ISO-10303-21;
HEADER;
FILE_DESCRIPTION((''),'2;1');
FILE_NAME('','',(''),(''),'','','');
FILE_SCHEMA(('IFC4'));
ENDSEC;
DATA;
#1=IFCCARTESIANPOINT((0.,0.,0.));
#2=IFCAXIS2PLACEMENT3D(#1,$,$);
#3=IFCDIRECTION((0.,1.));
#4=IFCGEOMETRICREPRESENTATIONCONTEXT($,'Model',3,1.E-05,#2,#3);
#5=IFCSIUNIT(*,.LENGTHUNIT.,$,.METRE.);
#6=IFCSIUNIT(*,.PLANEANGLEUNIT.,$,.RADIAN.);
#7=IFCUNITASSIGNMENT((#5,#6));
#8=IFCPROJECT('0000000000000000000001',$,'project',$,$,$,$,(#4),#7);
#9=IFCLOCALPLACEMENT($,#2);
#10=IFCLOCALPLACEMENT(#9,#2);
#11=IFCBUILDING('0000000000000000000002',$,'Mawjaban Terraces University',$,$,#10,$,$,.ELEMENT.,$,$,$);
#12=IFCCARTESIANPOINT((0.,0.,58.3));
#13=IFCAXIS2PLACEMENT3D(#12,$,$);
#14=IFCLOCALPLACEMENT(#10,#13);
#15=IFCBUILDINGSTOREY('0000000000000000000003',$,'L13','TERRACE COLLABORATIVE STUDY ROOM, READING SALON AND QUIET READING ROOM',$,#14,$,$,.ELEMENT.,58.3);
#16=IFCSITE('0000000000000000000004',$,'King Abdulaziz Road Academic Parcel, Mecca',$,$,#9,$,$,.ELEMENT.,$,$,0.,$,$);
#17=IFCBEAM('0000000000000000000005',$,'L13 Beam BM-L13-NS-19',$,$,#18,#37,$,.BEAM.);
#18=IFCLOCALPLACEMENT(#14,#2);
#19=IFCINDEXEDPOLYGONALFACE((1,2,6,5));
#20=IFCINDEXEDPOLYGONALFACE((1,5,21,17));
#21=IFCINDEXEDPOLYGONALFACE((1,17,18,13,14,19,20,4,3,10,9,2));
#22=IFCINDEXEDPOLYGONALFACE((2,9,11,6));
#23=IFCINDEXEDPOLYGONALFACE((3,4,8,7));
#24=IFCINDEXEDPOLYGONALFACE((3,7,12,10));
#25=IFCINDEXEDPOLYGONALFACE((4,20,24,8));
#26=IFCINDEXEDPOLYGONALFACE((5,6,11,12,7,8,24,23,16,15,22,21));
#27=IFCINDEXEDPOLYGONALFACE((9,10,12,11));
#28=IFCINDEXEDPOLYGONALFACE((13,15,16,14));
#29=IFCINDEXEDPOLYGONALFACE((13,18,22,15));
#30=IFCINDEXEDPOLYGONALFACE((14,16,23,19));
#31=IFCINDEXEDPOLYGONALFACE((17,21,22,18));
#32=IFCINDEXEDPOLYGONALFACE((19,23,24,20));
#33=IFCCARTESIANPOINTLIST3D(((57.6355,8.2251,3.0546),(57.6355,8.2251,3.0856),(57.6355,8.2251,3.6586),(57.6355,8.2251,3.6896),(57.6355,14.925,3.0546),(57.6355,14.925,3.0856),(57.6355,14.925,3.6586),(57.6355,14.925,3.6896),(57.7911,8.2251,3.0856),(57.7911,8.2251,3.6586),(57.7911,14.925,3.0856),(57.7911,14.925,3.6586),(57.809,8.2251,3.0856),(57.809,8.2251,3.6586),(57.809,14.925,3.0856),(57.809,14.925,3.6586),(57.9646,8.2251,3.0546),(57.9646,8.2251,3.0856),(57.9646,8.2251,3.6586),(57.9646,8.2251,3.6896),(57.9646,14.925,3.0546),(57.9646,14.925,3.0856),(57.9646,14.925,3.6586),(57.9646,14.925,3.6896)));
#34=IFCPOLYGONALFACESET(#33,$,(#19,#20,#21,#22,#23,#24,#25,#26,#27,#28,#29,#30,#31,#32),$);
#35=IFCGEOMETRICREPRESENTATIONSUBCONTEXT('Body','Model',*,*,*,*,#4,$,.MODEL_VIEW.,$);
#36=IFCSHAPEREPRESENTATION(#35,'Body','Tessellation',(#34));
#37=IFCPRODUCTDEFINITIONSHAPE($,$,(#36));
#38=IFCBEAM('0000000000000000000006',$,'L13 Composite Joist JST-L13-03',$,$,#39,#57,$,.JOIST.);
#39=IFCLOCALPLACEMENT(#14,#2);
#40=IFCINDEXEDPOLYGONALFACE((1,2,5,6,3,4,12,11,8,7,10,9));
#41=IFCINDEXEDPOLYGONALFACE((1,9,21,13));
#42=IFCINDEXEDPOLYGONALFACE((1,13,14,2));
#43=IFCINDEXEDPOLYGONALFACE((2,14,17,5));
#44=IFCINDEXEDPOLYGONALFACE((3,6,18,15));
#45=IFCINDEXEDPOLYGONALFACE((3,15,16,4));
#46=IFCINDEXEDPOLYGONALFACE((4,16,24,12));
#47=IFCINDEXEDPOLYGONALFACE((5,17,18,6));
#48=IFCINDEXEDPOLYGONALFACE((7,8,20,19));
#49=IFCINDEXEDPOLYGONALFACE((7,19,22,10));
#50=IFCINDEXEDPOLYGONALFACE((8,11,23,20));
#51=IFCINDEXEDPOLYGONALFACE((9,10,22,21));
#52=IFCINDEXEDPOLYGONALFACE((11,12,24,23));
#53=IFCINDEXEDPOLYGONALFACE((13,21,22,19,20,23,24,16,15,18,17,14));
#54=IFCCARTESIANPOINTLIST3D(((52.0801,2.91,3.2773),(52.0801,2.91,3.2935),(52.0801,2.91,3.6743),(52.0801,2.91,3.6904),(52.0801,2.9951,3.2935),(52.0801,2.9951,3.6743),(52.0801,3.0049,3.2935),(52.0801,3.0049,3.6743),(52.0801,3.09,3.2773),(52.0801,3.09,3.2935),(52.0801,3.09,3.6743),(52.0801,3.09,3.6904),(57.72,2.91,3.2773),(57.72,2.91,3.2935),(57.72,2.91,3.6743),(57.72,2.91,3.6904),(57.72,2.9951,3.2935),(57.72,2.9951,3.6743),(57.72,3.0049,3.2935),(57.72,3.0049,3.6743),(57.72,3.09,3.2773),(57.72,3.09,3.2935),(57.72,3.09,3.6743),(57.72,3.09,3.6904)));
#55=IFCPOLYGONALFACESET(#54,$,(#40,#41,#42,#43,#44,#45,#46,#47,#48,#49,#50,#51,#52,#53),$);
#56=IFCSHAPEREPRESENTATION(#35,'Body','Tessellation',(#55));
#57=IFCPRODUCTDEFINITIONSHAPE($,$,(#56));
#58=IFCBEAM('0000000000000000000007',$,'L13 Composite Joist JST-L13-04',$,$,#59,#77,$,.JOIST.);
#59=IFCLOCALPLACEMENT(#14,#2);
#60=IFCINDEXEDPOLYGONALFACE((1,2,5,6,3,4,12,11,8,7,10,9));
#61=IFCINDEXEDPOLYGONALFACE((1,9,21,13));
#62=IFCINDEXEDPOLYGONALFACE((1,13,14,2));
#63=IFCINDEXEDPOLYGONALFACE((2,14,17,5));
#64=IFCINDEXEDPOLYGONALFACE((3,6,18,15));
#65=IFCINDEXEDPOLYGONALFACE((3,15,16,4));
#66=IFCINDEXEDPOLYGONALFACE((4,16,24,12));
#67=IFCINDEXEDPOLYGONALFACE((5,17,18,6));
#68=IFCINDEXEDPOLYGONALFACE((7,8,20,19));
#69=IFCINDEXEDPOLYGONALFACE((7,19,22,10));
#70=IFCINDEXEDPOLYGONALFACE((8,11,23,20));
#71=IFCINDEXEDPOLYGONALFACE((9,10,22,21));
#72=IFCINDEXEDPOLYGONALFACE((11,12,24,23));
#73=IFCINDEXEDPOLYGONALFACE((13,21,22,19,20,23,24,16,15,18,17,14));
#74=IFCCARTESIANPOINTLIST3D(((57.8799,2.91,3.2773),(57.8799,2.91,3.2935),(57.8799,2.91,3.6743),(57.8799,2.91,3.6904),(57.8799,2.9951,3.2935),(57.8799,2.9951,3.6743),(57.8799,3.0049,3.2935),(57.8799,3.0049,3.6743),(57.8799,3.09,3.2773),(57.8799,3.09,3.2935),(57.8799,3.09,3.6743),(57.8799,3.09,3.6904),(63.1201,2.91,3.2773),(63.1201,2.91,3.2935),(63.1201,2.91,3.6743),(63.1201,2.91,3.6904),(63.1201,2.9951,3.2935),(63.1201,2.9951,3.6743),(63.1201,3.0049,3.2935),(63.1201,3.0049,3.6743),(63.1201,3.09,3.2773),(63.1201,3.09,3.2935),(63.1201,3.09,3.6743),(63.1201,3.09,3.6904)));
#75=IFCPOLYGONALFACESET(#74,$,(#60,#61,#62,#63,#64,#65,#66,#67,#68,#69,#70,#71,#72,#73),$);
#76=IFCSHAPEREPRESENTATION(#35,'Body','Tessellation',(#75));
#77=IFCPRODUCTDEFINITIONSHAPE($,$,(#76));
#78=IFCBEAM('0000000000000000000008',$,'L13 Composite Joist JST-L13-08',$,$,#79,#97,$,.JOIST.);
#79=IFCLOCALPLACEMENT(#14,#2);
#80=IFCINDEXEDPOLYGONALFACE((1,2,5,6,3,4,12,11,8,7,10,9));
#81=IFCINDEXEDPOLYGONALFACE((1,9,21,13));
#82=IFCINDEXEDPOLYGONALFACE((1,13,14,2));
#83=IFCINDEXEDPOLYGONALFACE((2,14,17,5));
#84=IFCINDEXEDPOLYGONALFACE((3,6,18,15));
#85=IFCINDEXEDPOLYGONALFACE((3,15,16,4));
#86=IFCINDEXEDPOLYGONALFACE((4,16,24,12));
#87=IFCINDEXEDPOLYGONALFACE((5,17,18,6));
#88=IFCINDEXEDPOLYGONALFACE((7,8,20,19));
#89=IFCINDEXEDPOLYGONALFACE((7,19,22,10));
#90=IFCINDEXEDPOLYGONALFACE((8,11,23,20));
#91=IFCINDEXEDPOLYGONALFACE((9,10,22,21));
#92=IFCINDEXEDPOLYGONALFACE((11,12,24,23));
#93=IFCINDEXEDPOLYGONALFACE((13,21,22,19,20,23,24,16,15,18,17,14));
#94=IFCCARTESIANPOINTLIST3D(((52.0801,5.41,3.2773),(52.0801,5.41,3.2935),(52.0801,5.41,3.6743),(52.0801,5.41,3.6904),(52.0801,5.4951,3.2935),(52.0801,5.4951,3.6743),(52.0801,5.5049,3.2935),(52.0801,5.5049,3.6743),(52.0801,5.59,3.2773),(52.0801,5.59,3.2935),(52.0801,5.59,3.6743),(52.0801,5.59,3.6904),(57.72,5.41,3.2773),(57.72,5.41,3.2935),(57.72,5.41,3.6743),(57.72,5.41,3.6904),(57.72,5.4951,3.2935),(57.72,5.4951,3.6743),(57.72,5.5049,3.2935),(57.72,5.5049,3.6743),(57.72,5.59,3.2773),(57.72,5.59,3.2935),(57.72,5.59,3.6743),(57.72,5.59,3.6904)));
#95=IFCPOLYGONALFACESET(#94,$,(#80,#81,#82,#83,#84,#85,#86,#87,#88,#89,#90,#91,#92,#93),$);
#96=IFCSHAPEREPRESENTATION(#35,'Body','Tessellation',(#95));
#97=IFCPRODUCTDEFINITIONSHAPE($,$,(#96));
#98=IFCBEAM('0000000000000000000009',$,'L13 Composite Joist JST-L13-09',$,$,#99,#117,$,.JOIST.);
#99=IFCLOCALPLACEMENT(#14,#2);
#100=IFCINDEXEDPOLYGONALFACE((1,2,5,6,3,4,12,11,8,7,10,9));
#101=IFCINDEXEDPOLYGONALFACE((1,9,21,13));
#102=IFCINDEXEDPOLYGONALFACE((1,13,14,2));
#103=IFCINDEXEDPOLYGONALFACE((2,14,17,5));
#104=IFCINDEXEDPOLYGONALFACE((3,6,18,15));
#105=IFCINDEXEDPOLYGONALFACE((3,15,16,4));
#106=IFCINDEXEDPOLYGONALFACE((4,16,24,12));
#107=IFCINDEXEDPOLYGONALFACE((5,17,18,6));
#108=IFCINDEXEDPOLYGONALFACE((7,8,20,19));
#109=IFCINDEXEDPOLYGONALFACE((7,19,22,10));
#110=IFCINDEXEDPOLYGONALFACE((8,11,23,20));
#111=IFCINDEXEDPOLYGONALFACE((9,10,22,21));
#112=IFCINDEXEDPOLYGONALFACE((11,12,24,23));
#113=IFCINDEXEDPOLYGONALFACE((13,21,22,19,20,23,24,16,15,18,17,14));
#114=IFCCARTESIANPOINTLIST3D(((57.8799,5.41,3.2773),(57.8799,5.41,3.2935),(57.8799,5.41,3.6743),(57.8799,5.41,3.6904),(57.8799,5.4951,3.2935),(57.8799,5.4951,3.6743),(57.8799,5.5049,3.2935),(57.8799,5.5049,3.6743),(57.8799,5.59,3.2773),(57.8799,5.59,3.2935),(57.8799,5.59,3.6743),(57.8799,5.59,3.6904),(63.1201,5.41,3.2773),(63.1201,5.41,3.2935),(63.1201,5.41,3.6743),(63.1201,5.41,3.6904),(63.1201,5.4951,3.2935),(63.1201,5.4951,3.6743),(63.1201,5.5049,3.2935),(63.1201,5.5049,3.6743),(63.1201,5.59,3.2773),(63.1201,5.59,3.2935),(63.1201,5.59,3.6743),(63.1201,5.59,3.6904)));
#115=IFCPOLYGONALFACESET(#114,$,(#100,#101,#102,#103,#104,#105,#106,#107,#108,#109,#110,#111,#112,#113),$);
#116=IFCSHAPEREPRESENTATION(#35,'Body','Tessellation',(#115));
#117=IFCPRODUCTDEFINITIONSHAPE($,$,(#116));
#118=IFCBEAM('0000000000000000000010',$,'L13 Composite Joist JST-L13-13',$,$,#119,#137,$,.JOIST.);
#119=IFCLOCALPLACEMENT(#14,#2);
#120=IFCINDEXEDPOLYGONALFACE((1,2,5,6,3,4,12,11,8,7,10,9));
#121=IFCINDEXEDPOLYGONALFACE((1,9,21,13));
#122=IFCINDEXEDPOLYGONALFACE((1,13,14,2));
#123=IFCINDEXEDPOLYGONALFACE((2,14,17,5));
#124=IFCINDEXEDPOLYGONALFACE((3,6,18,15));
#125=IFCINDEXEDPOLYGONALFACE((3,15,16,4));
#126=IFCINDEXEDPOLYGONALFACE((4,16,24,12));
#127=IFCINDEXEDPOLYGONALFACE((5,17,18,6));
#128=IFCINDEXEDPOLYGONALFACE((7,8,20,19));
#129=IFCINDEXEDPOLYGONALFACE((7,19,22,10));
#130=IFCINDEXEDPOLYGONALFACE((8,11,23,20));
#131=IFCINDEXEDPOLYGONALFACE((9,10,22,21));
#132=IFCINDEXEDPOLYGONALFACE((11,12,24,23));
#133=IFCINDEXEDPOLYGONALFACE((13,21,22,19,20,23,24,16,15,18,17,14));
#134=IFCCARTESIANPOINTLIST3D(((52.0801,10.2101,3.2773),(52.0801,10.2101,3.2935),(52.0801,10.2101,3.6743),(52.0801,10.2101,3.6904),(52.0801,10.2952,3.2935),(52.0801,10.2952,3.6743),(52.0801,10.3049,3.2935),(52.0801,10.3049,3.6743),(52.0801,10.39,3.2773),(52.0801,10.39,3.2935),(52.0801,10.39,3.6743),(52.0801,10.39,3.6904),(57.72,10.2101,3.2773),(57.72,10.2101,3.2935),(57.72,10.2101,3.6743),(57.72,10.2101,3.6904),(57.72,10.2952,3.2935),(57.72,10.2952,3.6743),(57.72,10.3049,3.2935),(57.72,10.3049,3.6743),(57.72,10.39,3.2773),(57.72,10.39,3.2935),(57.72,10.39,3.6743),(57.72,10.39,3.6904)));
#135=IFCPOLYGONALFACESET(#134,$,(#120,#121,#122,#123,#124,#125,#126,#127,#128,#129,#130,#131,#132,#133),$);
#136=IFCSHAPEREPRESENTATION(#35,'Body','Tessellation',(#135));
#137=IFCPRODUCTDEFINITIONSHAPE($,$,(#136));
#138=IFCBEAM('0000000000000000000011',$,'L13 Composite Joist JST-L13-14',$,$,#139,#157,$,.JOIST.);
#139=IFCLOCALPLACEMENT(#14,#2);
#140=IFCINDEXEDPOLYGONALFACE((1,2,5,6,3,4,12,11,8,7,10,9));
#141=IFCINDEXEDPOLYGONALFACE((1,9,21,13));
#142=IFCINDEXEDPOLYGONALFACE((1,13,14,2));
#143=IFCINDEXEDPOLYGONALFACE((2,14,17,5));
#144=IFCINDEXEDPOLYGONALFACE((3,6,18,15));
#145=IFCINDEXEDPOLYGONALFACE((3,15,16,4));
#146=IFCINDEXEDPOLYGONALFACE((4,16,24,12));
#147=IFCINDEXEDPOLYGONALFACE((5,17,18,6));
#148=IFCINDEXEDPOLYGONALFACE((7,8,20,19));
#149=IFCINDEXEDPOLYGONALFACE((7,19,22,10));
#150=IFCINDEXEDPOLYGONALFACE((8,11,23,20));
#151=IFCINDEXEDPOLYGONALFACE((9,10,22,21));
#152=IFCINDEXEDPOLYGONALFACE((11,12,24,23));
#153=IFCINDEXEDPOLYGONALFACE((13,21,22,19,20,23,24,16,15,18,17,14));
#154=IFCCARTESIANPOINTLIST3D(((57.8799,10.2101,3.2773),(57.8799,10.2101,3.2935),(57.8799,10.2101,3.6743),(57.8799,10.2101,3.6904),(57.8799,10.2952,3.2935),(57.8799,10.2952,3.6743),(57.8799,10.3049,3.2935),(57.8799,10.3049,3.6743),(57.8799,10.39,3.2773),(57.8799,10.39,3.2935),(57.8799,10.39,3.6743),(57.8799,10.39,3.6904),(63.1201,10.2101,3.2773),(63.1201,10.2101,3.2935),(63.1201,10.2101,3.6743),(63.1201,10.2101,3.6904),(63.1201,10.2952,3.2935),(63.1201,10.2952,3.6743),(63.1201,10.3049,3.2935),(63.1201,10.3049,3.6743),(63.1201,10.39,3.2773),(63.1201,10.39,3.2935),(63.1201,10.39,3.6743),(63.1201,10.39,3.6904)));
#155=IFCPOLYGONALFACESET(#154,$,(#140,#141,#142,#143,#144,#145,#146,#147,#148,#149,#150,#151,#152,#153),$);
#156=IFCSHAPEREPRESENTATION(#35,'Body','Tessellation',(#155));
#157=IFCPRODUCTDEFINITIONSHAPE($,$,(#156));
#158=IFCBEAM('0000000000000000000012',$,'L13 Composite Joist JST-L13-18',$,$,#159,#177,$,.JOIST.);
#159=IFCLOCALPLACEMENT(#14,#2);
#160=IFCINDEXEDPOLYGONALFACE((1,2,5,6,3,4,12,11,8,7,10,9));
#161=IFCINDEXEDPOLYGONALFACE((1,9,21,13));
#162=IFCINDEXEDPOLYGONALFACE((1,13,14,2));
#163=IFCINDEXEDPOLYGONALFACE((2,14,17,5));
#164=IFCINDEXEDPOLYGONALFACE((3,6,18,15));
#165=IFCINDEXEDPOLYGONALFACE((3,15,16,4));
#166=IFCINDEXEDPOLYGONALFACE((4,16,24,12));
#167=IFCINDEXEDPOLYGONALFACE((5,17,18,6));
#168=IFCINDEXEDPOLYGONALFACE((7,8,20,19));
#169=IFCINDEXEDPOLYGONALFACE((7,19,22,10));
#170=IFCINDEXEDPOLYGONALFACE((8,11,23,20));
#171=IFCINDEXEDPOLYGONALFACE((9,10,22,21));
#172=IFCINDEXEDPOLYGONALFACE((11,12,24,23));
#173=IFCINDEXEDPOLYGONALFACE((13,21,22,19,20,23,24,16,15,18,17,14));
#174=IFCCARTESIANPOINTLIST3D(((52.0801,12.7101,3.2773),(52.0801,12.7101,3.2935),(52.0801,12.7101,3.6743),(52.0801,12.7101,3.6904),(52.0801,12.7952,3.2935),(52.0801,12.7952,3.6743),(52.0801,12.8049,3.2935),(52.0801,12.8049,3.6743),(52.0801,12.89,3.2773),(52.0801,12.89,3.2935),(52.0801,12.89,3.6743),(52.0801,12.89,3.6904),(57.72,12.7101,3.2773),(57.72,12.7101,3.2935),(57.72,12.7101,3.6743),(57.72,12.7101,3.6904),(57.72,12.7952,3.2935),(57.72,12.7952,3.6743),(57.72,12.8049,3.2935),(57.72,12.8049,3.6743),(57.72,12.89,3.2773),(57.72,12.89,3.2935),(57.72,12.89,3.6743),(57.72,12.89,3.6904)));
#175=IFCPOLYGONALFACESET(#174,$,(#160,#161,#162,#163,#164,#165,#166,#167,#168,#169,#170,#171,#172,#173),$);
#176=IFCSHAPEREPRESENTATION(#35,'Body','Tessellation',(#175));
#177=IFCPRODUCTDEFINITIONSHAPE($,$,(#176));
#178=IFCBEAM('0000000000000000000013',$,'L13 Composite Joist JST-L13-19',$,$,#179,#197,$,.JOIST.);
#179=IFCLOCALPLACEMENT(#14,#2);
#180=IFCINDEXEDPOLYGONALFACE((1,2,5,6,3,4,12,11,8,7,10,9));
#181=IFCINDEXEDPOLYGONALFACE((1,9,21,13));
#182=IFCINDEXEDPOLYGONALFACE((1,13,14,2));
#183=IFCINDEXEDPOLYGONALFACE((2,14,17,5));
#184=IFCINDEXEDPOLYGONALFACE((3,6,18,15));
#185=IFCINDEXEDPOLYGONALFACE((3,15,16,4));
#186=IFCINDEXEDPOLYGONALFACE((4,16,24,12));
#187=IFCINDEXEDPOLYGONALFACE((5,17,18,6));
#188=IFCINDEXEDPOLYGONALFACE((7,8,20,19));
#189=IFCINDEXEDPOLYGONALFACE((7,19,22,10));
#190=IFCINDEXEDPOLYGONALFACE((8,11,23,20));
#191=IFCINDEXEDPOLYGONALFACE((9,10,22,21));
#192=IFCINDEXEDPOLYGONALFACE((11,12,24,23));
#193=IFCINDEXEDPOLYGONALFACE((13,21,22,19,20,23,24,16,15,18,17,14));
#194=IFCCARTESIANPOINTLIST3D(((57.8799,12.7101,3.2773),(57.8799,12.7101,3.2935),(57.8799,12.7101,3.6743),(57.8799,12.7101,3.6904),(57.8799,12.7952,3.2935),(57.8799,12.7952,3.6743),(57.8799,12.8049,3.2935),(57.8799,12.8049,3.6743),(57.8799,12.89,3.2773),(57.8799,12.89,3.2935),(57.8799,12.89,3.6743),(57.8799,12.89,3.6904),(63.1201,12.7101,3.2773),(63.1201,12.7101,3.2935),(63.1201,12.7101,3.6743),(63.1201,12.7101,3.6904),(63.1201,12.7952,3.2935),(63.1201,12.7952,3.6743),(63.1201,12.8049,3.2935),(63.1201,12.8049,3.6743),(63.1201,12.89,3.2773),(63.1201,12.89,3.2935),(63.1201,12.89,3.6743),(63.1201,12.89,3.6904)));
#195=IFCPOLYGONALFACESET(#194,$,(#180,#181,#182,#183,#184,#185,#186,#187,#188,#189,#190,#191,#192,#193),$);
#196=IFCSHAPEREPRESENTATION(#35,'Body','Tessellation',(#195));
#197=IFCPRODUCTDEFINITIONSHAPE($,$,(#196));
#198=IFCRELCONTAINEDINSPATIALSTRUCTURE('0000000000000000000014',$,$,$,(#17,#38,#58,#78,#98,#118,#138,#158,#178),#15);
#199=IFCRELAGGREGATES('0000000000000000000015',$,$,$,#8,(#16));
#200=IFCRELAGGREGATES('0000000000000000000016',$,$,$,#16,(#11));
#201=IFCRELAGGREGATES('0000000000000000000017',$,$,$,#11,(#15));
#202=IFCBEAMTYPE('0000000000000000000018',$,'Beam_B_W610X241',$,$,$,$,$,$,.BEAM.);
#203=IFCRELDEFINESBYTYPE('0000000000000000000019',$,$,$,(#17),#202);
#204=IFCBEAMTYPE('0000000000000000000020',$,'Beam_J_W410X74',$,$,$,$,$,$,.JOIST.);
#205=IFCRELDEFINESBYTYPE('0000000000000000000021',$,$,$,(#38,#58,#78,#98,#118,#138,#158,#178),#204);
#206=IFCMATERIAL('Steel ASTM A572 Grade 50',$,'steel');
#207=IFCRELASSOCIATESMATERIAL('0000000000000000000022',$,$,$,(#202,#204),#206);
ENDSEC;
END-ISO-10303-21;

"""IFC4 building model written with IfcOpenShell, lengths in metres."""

from ifc_helpers import new_model, si_unit, direction, frame, origin, origin_2d, place, context, subcontext, project, spatial, i_section, extrude, material, material_profile, profile_set, type_object, element, save


model = new_model("IFC4")

# Units and contexts
model_context = context("Model", 3, precision=1e-05, world=origin(), true_north=direction((0.0, 1.0)))
body_context = subcontext(model_context, "Body", "Model", "MODEL_VIEW")
ifc_project = project(units=[si_unit("LENGTHUNIT", "METRE"), si_unit("PLANEANGLEUNIT", "RADIAN")], contexts=[model_context])

# Site, building, storey
site_placement = place(None, origin())
site = spatial("IfcSite", under=ifc_project, at=site_placement, Name="King Abdulaziz Road Academic Parcel, Mecca", CompositionType="ELEMENT", RefElevation=0.0)
building_placement = place(site_placement, origin())
building = spatial("IfcBuilding", under=site, at=building_placement, Name="Mawjaban Terraces University", CompositionType="ELEMENT")
storey_placement = place(building_placement, frame((0.0, 0.0, 58.3)))
storey = spatial("IfcBuildingStorey", under=building, at=storey_placement, Name="L13", Description="TERRACE COLLABORATIVE STUDY ROOM, READING SALON AND QUIET READING ROOM", CompositionType="ELEMENT", Elevation=58.3)

# Beams
ifc_material_1 = material(Name="Steel ASTM A572 Grade 50", Category="steel")
ifc_material_profile_1 = material_profile(ifc_material_1, i_section(OverallWidth=0.3291, OverallDepth=0.635, WebThickness=0.0178, FlangeThickness=0.031, at=origin_2d()), Name="W610X241")
ifc_profile_set_1 = profile_set([ifc_material_profile_1], Name="Steel ASTM A572 Grade 50")
beam_type_1 = type_object("IfcBeamType", Name="Beam_B_W610X241", PredefinedType="BEAM", material=ifc_profile_set_1)
beam_1_placement = place(storey_placement, frame((57.8, 8.2251, 3.3721), z_axis=(0.0, 1.0, 0.0), x_axis=(-1.0, 0.0, 0.0)))
element("IfcBeam", 1, at=beam_1_placement, inside=storey, type_object=beam_type_1, Name="L13 Beam BM-L13-NS-19", PredefinedType="BEAM", context=body_context, shape_type="SweptSolid", body=[
    extrude(i_section(OverallWidth=0.3291, OverallDepth=0.635, WebThickness=0.0178, FlangeThickness=0.031, at=origin_2d()), origin(), (0.0, 0.0, 1.0), 6.7),
])
ifc_material_profile_2 = material_profile(ifc_material_1, i_section(OverallWidth=0.1799, OverallDepth=0.4131, WebThickness=0.0098, FlangeThickness=0.0161, at=origin_2d()), Name="W410X74")
ifc_profile_set_2 = profile_set([ifc_material_profile_2], Name="Steel ASTM A572 Grade 50")
beam_type_2 = type_object("IfcBeamType", Name="Beam_J_W410X74", PredefinedType="JOIST", material=ifc_profile_set_2)
beam_2_placement = place(storey_placement, frame((52.0801, 3.0, 3.4839), z_axis=(1.0, 0.0, 0.0), x_axis=(0.0, 1.0, 0.0)))
element("IfcBeam", 2, at=beam_2_placement, inside=storey, type_object=beam_type_2, Name="L13 Composite Joist JST-L13-03", PredefinedType="JOIST", context=body_context, shape_type="SweptSolid", body=[
    extrude(i_section(OverallWidth=0.1799, OverallDepth=0.4131, WebThickness=0.0098, FlangeThickness=0.0161, at=origin_2d()), origin(), (0.0, 0.0, 1.0), 5.6399),
])
beam_3_placement = place(storey_placement, frame((57.8799, 3.0, 3.4839), z_axis=(1.0, 0.0, 0.0), x_axis=(0.0, 1.0, 0.0)))
element("IfcBeam", 3, at=beam_3_placement, inside=storey, type_object=beam_type_2, Name="L13 Composite Joist JST-L13-04", PredefinedType="JOIST", context=body_context, shape_type="SweptSolid", body=[
    extrude(i_section(OverallWidth=0.1799, OverallDepth=0.4131, WebThickness=0.0098, FlangeThickness=0.0161, at=origin_2d()), origin(), (0.0, 0.0, 1.0), 5.2402),
])
beam_4_placement = place(storey_placement, frame((52.0801, 5.5, 3.4839), z_axis=(1.0, 0.0, 0.0), x_axis=(0.0, 1.0, 0.0)))
element("IfcBeam", 4, at=beam_4_placement, inside=storey, type_object=beam_type_2, Name="L13 Composite Joist JST-L13-08", PredefinedType="JOIST", context=body_context, shape_type="SweptSolid", body=[
    extrude(i_section(OverallWidth=0.1799, OverallDepth=0.4131, WebThickness=0.0098, FlangeThickness=0.0161, at=origin_2d()), origin(), (0.0, 0.0, 1.0), 5.6399),
])
beam_5_placement = place(storey_placement, frame((57.8799, 5.5, 3.4839), z_axis=(1.0, 0.0, 0.0), x_axis=(0.0, 1.0, 0.0)))
element("IfcBeam", 5, at=beam_5_placement, inside=storey, type_object=beam_type_2, Name="L13 Composite Joist JST-L13-09", PredefinedType="JOIST", context=body_context, shape_type="SweptSolid", body=[
    extrude(i_section(OverallWidth=0.1799, OverallDepth=0.4131, WebThickness=0.0098, FlangeThickness=0.0161, at=origin_2d()), origin(), (0.0, 0.0, 1.0), 5.2402),
])
beam_6_placement = place(storey_placement, frame((52.0801, 10.3, 3.4839), z_axis=(1.0, 0.0, 0.0), x_axis=(0.0, 1.0, 0.0)))
element("IfcBeam", 6, at=beam_6_placement, inside=storey, type_object=beam_type_2, Name="L13 Composite Joist JST-L13-13", PredefinedType="JOIST", context=body_context, shape_type="SweptSolid", body=[
    extrude(i_section(OverallWidth=0.1799, OverallDepth=0.4131, WebThickness=0.0098, FlangeThickness=0.0161, at=origin_2d()), origin(), (0.0, 0.0, 1.0), 5.6399),
])
beam_7_placement = place(storey_placement, frame((57.8799, 10.3, 3.4839), z_axis=(1.0, 0.0, 0.0), x_axis=(0.0, 1.0, 0.0)))
element("IfcBeam", 7, at=beam_7_placement, inside=storey, type_object=beam_type_2, Name="L13 Composite Joist JST-L13-14", PredefinedType="JOIST", context=body_context, shape_type="SweptSolid", body=[
    extrude(i_section(OverallWidth=0.1799, OverallDepth=0.4131, WebThickness=0.0098, FlangeThickness=0.0161, at=origin_2d()), origin(), (0.0, 0.0, 1.0), 5.2402),
])
beam_8_placement = place(storey_placement, frame((52.0801, 12.8, 3.4839), z_axis=(1.0, 0.0, 0.0), x_axis=(0.0, 1.0, 0.0)))
element("IfcBeam", 8, at=beam_8_placement, inside=storey, type_object=beam_type_2, Name="L13 Composite Joist JST-L13-18", PredefinedType="JOIST", context=body_context, shape_type="SweptSolid", body=[
    extrude(i_section(OverallWidth=0.1799, OverallDepth=0.4131, WebThickness=0.0098, FlangeThickness=0.0161, at=origin_2d()), origin(), (0.0, 0.0, 1.0), 5.6399),
])
beam_9_placement = place(storey_placement, frame((57.8799, 12.8, 3.4839), z_axis=(1.0, 0.0, 0.0), x_axis=(0.0, 1.0, 0.0)))
element("IfcBeam", 9, at=beam_9_placement, inside=storey, type_object=beam_type_2, Name="L13 Composite Joist JST-L13-19", PredefinedType="JOIST", context=body_context, shape_type="SweptSolid", body=[
    extrude(i_section(OverallWidth=0.1799, OverallDepth=0.4131, WebThickness=0.0098, FlangeThickness=0.0161, at=origin_2d()), origin(), (0.0, 0.0, 1.0), 5.2402),
])

save(model, "model.ifc")
